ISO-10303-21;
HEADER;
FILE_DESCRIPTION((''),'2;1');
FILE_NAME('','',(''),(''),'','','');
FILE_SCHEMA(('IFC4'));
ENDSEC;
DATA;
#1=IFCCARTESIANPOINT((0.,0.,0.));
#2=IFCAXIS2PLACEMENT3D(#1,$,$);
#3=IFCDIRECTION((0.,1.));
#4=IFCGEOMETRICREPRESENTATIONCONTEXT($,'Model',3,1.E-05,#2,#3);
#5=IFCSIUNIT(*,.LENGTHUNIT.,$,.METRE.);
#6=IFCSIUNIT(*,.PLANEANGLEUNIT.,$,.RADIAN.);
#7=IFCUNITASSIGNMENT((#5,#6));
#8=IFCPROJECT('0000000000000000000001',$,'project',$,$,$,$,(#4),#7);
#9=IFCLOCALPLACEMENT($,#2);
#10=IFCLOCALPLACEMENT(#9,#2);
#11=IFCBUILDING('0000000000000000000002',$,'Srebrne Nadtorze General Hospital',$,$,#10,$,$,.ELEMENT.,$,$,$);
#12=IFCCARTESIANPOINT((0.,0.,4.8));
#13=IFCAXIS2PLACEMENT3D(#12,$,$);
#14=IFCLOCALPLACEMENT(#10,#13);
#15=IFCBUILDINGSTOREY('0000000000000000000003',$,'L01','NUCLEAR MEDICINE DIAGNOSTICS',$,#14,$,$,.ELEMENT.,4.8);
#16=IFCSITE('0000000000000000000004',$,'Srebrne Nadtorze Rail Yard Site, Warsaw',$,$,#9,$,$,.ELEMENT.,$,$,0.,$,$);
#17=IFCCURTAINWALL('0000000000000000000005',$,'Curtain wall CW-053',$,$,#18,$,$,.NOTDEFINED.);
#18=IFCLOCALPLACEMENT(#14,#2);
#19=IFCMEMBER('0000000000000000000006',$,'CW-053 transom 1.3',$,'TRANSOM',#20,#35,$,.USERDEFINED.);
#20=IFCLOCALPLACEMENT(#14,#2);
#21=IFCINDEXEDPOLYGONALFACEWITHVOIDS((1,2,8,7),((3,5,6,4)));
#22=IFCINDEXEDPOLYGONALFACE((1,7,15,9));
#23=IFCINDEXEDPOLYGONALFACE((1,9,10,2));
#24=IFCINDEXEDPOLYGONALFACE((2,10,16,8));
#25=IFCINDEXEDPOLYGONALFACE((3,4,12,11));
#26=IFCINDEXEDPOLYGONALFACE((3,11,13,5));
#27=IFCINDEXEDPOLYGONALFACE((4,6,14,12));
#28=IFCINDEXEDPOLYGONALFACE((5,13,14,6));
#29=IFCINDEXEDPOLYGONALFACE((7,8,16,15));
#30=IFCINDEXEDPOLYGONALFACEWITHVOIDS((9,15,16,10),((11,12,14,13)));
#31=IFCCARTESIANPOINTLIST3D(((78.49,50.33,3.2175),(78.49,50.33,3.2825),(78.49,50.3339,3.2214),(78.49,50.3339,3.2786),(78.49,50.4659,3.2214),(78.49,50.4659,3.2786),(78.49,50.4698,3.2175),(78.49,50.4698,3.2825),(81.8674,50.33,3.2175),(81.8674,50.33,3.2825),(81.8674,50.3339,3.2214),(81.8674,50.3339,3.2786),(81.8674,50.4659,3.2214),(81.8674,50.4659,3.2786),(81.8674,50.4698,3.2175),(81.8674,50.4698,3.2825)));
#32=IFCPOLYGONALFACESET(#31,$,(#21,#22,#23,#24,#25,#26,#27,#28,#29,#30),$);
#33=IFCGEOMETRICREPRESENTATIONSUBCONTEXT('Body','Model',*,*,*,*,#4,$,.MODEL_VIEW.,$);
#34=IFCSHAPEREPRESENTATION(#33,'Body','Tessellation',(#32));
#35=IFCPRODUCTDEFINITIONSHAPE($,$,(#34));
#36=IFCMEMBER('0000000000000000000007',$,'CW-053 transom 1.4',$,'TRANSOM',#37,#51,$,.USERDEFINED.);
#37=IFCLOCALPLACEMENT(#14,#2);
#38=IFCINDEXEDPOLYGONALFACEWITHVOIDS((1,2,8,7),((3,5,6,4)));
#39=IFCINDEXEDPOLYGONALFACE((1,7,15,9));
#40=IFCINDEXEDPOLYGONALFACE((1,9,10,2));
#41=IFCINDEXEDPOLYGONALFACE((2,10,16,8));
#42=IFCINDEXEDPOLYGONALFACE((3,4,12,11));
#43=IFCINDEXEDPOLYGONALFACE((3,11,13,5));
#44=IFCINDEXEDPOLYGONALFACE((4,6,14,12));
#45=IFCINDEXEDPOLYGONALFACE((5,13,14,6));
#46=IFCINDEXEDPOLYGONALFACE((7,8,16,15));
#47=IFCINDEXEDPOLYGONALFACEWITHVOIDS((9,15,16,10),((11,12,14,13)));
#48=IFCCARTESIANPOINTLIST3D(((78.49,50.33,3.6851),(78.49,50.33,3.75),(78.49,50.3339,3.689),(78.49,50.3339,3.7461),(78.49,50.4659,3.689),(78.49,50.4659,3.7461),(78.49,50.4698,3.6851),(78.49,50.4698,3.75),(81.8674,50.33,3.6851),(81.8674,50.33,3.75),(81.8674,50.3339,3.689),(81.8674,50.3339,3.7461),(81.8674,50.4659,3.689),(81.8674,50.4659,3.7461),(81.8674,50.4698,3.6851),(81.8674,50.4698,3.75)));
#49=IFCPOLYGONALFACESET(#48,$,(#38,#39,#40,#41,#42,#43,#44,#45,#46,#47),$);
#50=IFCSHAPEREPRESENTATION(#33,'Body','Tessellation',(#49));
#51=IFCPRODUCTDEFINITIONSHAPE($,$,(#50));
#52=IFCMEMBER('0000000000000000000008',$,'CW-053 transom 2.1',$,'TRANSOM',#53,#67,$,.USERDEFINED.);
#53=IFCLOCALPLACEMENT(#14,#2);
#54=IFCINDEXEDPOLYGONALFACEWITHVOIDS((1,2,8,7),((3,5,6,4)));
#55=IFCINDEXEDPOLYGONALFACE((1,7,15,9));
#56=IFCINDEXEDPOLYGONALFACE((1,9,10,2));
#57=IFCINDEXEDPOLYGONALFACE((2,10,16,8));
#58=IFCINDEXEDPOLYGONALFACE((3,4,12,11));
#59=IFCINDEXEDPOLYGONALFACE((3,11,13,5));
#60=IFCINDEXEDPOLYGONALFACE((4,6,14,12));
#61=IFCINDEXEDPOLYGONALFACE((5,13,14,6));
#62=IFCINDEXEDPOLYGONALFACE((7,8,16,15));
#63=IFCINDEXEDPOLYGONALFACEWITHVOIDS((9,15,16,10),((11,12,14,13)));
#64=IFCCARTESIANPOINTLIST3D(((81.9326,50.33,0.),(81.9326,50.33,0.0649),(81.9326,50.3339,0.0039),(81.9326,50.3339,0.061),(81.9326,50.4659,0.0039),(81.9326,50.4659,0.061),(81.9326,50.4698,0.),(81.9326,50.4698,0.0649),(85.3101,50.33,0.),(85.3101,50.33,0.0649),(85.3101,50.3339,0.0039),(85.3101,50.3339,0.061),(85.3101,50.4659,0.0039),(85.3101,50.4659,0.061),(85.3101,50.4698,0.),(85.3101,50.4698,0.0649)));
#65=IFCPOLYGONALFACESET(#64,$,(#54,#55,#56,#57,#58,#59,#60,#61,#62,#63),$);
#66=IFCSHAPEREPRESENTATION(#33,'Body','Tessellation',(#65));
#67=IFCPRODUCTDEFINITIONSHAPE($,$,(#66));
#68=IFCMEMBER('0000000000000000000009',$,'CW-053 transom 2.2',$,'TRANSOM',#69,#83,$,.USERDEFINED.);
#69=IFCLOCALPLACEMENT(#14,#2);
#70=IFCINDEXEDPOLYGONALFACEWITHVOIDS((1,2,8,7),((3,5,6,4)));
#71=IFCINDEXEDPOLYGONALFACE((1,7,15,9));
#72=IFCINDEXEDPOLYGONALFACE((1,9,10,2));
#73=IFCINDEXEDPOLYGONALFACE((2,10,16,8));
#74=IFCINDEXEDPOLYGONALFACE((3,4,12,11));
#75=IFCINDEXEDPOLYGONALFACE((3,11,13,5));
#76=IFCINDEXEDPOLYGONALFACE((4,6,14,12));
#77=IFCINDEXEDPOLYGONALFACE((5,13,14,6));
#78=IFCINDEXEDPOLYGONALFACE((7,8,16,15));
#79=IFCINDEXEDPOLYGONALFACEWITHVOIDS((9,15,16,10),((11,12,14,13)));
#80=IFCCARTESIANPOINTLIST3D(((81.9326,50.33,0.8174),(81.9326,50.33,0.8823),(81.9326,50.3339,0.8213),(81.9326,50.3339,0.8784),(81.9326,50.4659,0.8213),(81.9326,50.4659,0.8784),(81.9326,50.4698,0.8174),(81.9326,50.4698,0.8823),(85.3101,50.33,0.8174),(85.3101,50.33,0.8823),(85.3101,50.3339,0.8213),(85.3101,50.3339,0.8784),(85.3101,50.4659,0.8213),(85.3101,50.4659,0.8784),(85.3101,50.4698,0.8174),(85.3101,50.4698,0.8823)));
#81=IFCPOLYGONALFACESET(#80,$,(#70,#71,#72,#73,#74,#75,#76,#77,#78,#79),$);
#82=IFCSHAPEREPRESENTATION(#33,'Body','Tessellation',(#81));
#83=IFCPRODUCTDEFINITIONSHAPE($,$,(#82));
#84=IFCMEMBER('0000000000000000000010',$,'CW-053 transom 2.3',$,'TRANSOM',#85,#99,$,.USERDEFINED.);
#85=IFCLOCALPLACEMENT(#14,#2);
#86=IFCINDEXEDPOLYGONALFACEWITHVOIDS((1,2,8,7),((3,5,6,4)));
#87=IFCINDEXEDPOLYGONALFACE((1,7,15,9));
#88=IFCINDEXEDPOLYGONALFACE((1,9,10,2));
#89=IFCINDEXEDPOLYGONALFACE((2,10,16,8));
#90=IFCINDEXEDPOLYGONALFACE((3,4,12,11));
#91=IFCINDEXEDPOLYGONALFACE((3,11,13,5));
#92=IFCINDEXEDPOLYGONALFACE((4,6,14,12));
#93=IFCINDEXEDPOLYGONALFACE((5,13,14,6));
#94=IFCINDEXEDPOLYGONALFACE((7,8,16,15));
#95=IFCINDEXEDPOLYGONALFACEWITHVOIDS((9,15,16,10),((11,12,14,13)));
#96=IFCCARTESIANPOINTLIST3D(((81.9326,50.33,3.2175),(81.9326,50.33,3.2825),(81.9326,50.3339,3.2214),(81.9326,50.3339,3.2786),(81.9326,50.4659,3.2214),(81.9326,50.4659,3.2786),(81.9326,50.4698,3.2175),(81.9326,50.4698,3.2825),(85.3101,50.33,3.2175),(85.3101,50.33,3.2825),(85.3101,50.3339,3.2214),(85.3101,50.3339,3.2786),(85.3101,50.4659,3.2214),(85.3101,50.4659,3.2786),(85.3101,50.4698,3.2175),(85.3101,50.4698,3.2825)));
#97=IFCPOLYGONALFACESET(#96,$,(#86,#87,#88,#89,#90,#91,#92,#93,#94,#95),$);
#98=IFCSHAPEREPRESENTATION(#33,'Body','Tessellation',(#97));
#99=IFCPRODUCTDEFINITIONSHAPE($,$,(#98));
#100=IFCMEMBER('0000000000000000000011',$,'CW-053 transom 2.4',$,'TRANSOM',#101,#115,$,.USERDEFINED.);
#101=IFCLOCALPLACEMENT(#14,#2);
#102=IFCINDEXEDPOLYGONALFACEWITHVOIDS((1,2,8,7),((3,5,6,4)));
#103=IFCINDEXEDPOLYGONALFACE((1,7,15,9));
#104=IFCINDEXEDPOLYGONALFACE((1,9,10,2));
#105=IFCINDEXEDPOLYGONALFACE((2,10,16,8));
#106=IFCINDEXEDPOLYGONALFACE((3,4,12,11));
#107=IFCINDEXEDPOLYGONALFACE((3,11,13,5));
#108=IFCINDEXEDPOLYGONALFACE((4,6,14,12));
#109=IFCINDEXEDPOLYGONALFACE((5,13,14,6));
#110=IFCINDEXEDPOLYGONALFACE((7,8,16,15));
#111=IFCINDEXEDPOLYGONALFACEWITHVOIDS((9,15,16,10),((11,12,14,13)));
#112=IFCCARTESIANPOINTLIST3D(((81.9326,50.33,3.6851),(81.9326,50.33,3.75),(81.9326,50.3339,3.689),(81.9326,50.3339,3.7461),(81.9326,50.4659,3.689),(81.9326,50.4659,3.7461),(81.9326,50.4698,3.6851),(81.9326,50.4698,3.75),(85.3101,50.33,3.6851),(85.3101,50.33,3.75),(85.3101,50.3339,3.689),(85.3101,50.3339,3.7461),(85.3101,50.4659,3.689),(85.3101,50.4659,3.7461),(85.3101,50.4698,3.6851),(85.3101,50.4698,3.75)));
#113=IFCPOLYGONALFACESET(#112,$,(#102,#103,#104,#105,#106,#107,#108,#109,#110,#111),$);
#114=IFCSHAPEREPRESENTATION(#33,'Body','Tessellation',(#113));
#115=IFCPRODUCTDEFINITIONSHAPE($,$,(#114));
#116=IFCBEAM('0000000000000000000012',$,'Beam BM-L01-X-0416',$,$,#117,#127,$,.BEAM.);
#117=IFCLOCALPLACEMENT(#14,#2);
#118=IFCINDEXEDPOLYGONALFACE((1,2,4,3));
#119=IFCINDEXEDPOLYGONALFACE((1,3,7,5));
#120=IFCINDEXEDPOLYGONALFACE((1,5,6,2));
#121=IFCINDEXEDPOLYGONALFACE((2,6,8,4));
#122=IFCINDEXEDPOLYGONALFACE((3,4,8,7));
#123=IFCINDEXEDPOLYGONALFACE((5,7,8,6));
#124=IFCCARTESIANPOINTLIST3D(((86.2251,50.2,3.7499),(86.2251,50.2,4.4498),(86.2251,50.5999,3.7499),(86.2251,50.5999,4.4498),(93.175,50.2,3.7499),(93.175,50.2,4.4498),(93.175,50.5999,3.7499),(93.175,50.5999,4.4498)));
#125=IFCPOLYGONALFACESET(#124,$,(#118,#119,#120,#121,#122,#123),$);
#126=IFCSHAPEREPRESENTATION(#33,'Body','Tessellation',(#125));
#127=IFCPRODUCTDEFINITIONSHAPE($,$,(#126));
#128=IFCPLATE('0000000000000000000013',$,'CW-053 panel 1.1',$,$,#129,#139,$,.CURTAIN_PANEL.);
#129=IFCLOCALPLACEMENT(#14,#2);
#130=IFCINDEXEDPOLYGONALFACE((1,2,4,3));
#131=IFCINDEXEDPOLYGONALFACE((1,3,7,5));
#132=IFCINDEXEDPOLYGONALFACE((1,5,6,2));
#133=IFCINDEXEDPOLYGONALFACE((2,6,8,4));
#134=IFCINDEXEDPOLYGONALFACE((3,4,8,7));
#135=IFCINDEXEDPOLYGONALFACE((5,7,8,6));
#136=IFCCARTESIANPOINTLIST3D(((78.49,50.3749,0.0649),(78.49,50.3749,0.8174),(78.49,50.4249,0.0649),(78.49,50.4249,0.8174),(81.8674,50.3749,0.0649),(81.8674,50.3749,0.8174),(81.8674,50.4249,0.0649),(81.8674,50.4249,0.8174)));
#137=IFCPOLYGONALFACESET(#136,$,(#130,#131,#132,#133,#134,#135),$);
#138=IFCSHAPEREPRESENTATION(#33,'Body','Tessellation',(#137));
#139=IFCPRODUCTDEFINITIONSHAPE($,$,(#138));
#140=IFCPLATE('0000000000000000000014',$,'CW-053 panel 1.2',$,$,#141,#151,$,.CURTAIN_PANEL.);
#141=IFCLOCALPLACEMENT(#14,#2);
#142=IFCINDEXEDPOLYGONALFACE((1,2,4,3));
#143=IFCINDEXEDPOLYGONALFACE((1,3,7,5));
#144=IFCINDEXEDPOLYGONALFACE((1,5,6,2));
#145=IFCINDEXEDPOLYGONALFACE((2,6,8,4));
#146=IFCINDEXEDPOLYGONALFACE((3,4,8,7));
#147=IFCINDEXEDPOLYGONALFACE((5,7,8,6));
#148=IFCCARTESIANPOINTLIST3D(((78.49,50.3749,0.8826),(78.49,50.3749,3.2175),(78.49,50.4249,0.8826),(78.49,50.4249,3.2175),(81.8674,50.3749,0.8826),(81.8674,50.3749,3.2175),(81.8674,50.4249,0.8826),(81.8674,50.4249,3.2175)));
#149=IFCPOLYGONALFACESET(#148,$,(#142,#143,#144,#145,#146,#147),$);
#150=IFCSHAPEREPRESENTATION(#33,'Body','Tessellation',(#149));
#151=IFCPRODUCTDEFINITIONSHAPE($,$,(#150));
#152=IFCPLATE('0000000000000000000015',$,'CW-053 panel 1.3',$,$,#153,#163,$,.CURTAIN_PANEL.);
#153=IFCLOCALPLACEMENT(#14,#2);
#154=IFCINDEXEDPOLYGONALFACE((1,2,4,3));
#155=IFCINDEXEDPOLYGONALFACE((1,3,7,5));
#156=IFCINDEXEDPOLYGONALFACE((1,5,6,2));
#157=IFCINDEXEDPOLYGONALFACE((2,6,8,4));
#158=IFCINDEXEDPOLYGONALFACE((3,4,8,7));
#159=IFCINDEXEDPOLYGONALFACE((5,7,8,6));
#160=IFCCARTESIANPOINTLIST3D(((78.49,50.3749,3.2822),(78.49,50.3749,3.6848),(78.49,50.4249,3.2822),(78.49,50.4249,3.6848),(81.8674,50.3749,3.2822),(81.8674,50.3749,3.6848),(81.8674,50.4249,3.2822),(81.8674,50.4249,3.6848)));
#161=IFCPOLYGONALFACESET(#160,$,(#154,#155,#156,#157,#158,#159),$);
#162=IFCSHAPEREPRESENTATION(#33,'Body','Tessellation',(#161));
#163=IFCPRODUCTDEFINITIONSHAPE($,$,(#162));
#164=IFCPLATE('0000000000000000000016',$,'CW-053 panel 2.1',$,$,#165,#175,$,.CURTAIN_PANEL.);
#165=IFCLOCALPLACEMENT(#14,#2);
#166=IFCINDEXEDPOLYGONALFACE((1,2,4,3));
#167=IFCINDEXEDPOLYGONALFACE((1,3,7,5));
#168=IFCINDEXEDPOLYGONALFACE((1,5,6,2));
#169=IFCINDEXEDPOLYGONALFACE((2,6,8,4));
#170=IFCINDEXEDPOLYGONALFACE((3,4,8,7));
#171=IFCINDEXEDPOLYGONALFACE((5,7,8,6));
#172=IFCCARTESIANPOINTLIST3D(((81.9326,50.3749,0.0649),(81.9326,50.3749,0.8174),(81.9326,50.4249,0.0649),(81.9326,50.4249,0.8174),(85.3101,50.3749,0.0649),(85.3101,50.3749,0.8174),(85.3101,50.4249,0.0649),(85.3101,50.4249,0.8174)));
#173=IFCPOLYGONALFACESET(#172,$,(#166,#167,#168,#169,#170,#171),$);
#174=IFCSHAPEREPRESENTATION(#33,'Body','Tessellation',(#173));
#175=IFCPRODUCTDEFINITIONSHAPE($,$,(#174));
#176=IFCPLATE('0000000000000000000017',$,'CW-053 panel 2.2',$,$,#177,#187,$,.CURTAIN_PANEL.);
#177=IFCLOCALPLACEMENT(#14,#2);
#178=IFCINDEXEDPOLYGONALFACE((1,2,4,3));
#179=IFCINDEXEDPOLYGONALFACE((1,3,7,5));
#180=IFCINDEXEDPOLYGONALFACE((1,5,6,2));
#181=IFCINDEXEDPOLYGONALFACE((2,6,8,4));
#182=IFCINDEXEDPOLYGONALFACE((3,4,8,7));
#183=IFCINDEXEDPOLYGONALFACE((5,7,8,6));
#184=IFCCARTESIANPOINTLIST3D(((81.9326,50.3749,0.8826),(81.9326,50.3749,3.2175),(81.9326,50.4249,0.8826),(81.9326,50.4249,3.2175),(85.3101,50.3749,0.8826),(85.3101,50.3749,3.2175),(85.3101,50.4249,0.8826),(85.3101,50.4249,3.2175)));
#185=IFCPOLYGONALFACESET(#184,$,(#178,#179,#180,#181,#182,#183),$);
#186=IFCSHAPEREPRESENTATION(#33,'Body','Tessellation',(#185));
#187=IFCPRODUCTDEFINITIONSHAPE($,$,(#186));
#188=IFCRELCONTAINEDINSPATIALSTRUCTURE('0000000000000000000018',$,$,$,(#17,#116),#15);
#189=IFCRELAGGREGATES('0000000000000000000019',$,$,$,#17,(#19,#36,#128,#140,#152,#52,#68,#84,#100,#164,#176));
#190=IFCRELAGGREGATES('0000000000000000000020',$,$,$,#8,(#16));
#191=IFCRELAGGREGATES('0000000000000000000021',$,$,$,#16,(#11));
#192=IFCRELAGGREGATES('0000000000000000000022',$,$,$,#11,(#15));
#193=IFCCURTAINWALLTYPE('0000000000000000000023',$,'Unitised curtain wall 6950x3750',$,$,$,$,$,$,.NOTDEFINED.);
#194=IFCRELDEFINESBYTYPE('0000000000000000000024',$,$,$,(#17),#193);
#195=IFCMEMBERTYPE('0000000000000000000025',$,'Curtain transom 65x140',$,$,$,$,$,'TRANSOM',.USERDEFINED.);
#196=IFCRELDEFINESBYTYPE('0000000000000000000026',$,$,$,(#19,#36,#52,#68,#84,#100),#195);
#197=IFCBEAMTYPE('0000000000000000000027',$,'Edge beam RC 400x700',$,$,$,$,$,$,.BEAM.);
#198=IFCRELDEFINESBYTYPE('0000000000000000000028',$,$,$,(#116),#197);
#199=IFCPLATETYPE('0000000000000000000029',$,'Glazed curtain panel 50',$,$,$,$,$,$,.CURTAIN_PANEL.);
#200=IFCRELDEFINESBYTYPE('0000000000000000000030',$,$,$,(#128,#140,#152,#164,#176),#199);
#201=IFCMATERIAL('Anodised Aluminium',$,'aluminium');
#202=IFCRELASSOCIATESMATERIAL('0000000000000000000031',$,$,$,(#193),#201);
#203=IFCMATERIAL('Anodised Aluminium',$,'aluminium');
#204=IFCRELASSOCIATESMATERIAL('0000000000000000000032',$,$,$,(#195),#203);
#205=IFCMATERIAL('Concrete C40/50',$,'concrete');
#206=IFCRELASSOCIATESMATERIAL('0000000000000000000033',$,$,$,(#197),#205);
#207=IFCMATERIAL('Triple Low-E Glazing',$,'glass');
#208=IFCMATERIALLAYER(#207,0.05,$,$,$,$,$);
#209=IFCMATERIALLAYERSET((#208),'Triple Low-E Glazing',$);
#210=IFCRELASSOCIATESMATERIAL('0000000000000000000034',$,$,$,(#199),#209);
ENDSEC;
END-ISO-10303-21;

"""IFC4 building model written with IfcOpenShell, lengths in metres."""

from ifc_helpers import new_model, si_unit, direction, frame, origin, origin_2d, place, context, subcontext, project, spatial, rectangle, hollow_rectangle, extrude, material, layer, layer_set, material_profile, profile_set, type_object, element, aggregate, save


model = new_model("IFC4")

# Units and contexts
model_context = context("Model", 3, precision=1e-05, world=origin(), true_north=direction((0.0, 1.0)))
body_context = subcontext(model_context, "Body", "Model", "MODEL_VIEW")
ifc_project = project(units=[si_unit("LENGTHUNIT", "METRE"), si_unit("PLANEANGLEUNIT", "RADIAN")], contexts=[model_context])

# Site, building, storey
site_placement = place(None, origin())
site = spatial("IfcSite", under=ifc_project, at=site_placement, Name="Srebrne Nadtorze Rail Yard Site, Warsaw", CompositionType="ELEMENT", RefElevation=0.0)
building_placement = place(site_placement, origin())
building = spatial("IfcBuilding", under=site, at=building_placement, Name="Srebrne Nadtorze General Hospital", CompositionType="ELEMENT")
storey_placement = place(building_placement, frame((0.0, 0.0, 4.8)))
storey = spatial("IfcBuildingStorey", under=building, at=storey_placement, Name="L01", Description="NUCLEAR MEDICINE DIAGNOSTICS", CompositionType="ELEMENT", Elevation=4.8)

# Shared definitions
ifc_material_1 = material(Name="Anodised Aluminium", Category="aluminium")
curtain_wall_type = type_object("IfcCurtainWallType", Name="Unitised curtain wall 6950x3750", PredefinedType="NOTDEFINED", material=ifc_material_1)

# Curtain wall
curtain_wall_1_placement = place(storey_placement, origin())
curtain_wall_1 = element("IfcCurtainWall", 1, at=curtain_wall_1_placement, inside=storey, type_object=curtain_wall_type, Name="Curtain wall CW-053", PredefinedType="NOTDEFINED")

# Members
ifc_material_2 = material(Name="Anodised Aluminium", Category="aluminium")
ifc_material_profile_1 = material_profile(ifc_material_2, hollow_rectangle(XDim=0.0649, YDim=0.1399, WallThickness=0.0039, at=origin_2d()), Name="AL-TRN-65x140")
ifc_profile_set_1 = profile_set([ifc_material_profile_1], Name="Anodised Aluminium")
member_type_1 = type_object("IfcMemberType", Name="Curtain transom 65x140", ElementType="TRANSOM", PredefinedType="USERDEFINED", material=ifc_profile_set_1)
member_1_placement = place(storey_placement, frame((78.49, 50.3999, 3.25), z_axis=(1.0, 0.0, 0.0), x_axis=(0.0, 0.0, 1.0)))
member_1 = element("IfcMember", 2, at=member_1_placement, type_object=member_type_1, Name="CW-053 transom 1.3", ObjectType="TRANSOM", PredefinedType="USERDEFINED", context=body_context, shape_type="SweptSolid", body=[
    extrude(hollow_rectangle(XDim=0.0649, YDim=0.1399, WallThickness=0.0039, at=origin_2d()), origin(), (0.0, 0.0, 1.0), 3.3774),
])
member_2_placement = place(storey_placement, frame((78.49, 50.3999, 3.7175), z_axis=(1.0, 0.0, 0.0), x_axis=(0.0, 0.0, 1.0)))
member_2 = element("IfcMember", 3, at=member_2_placement, type_object=member_type_1, Name="CW-053 transom 1.4", ObjectType="TRANSOM", PredefinedType="USERDEFINED", context=body_context, shape_type="SweptSolid", body=[
    extrude(hollow_rectangle(XDim=0.0649, YDim=0.1399, WallThickness=0.0039, at=origin_2d()), origin(), (0.0, 0.0, 1.0), 3.3774),
])
member_3_placement = place(storey_placement, frame((81.9326, 50.3999, 0.0325), z_axis=(1.0, 0.0, 0.0), x_axis=(0.0, 0.0, 1.0)))
member_3 = element("IfcMember", 4, at=member_3_placement, type_object=member_type_1, Name="CW-053 transom 2.1", ObjectType="TRANSOM", PredefinedType="USERDEFINED", context=body_context, shape_type="SweptSolid", body=[
    extrude(hollow_rectangle(XDim=0.0649, YDim=0.1399, WallThickness=0.0039, at=origin_2d()), origin(), (0.0, 0.0, 1.0), 3.3774),
])
member_4_placement = place(storey_placement, frame((81.9326, 50.3999, 0.8499), z_axis=(1.0, 0.0, 0.0), x_axis=(0.0, 0.0, 1.0)))
member_4 = element("IfcMember", 5, at=member_4_placement, type_object=member_type_1, Name="CW-053 transom 2.2", ObjectType="TRANSOM", PredefinedType="USERDEFINED", context=body_context, shape_type="SweptSolid", body=[
    extrude(hollow_rectangle(XDim=0.0649, YDim=0.1399, WallThickness=0.0039, at=origin_2d()), origin(), (0.0, 0.0, 1.0), 3.3774),
])
member_5_placement = place(storey_placement, frame((81.9326, 50.3999, 3.25), z_axis=(1.0, 0.0, 0.0), x_axis=(0.0, 0.0, 1.0)))
member_5 = element("IfcMember", 6, at=member_5_placement, type_object=member_type_1, Name="CW-053 transom 2.3", ObjectType="TRANSOM", PredefinedType="USERDEFINED", context=body_context, shape_type="SweptSolid", body=[
    extrude(hollow_rectangle(XDim=0.0649, YDim=0.1399, WallThickness=0.0039, at=origin_2d()), origin(), (0.0, 0.0, 1.0), 3.3774),
])
member_6_placement = place(storey_placement, frame((81.9326, 50.3999, 3.7175), z_axis=(1.0, 0.0, 0.0), x_axis=(0.0, 0.0, 1.0)))
member_6 = element("IfcMember", 7, at=member_6_placement, type_object=member_type_1, Name="CW-053 transom 2.4", ObjectType="TRANSOM", PredefinedType="USERDEFINED", context=body_context, shape_type="SweptSolid", body=[
    extrude(hollow_rectangle(XDim=0.0649, YDim=0.1399, WallThickness=0.0039, at=origin_2d()), origin(), (0.0, 0.0, 1.0), 3.3774),
])

# Beam
ifc_material_3 = material(Name="Concrete C40/50", Category="concrete")
ifc_material_profile_2 = material_profile(ifc_material_3, rectangle(XDim=0.3999, YDim=0.7, at=origin_2d()), Name="RC-BM-400x700")
ifc_profile_set_2 = profile_set([ifc_material_profile_2], Name="Concrete C40/50")
beam_type = type_object("IfcBeamType", Name="Edge beam RC 400x700", PredefinedType="BEAM", material=ifc_profile_set_2)
beam_placement = place(storey_placement, frame((86.2251, 50.3999, 4.0999), z_axis=(1.0, 0.0, 0.0), x_axis=(0.0, 1.0, 0.0)))
element("IfcBeam", 8, at=beam_placement, inside=storey, type_object=beam_type, Name="Beam BM-L01-X-0416", PredefinedType="BEAM", context=body_context, shape_type="SweptSolid", body=[
    extrude(rectangle(XDim=0.3999, YDim=0.7, at=origin_2d()), origin(), (0.0, 0.0, 1.0), 6.95),
])

# Plates
ifc_material_4 = material(Name="Triple Low-E Glazing", Category="glass")
ifc_layer = layer(ifc_material_4, 0.05)
ifc_layer_set = layer_set([ifc_layer], Name="Triple Low-E Glazing")
plate_type = type_object("IfcPlateType", Name="Glazed curtain panel 50", PredefinedType="CURTAIN_PANEL", material=ifc_layer_set)
plate_1_placement = place(storey_placement, frame((80.1787, 50.3999, 0.0649), z_axis=(0.0, 0.0, 1.0), x_axis=(1.0, 0.0, 0.0)))
plate_1 = element("IfcPlate", 9, at=plate_1_placement, type_object=plate_type, Name="CW-053 panel 1.1", PredefinedType="CURTAIN_PANEL", context=body_context, shape_type="SweptSolid", body=[
    extrude(rectangle(XDim=3.3774, YDim=0.05, at=origin_2d()), origin(), (0.0, 0.0, 1.0), 0.7524),
])
plate_2_placement = place(storey_placement, frame((80.1787, 50.3999, 0.8826), z_axis=(0.0, 0.0, 1.0), x_axis=(1.0, 0.0, 0.0)))
plate_2 = element("IfcPlate", 10, at=plate_2_placement, type_object=plate_type, Name="CW-053 panel 1.2", PredefinedType="CURTAIN_PANEL", context=body_context, shape_type="SweptSolid", body=[
    extrude(rectangle(XDim=3.3774, YDim=0.05, at=origin_2d()), origin(), (0.0, 0.0, 1.0), 2.335),
])
plate_3_placement = place(storey_placement, frame((80.1787, 50.3999, 3.2822), z_axis=(0.0, 0.0, 1.0), x_axis=(1.0, 0.0, 0.0)))
plate_3 = element("IfcPlate", 11, at=plate_3_placement, type_object=plate_type, Name="CW-053 panel 1.3", PredefinedType="CURTAIN_PANEL", context=body_context, shape_type="SweptSolid", body=[
    extrude(rectangle(XDim=3.3774, YDim=0.05, at=origin_2d()), origin(), (0.0, 0.0, 1.0), 0.4026),
])
plate_4_placement = place(storey_placement, frame((83.6213, 50.3999, 0.0649), z_axis=(0.0, 0.0, 1.0), x_axis=(1.0, 0.0, 0.0)))
plate_4 = element("IfcPlate", 12, at=plate_4_placement, type_object=plate_type, Name="CW-053 panel 2.1", PredefinedType="CURTAIN_PANEL", context=body_context, shape_type="SweptSolid", body=[
    extrude(rectangle(XDim=3.3774, YDim=0.05, at=origin_2d()), origin(), (0.0, 0.0, 1.0), 0.7524),
])
plate_5_placement = place(storey_placement, frame((83.6213, 50.3999, 0.8826), z_axis=(0.0, 0.0, 1.0), x_axis=(1.0, 0.0, 0.0)))
plate_5 = element("IfcPlate", 13, at=plate_5_placement, type_object=plate_type, Name="CW-053 panel 2.2", PredefinedType="CURTAIN_PANEL", context=body_context, shape_type="SweptSolid", body=[
    extrude(rectangle(XDim=3.3774, YDim=0.05, at=origin_2d()), origin(), (0.0, 0.0, 1.0), 2.335),
])
aggregate(curtain_wall_1, [member_1, member_2, plate_1, plate_2, plate_3, member_3, member_4, member_5, member_6, plate_4, plate_5])

save(model, "model.ifc")
